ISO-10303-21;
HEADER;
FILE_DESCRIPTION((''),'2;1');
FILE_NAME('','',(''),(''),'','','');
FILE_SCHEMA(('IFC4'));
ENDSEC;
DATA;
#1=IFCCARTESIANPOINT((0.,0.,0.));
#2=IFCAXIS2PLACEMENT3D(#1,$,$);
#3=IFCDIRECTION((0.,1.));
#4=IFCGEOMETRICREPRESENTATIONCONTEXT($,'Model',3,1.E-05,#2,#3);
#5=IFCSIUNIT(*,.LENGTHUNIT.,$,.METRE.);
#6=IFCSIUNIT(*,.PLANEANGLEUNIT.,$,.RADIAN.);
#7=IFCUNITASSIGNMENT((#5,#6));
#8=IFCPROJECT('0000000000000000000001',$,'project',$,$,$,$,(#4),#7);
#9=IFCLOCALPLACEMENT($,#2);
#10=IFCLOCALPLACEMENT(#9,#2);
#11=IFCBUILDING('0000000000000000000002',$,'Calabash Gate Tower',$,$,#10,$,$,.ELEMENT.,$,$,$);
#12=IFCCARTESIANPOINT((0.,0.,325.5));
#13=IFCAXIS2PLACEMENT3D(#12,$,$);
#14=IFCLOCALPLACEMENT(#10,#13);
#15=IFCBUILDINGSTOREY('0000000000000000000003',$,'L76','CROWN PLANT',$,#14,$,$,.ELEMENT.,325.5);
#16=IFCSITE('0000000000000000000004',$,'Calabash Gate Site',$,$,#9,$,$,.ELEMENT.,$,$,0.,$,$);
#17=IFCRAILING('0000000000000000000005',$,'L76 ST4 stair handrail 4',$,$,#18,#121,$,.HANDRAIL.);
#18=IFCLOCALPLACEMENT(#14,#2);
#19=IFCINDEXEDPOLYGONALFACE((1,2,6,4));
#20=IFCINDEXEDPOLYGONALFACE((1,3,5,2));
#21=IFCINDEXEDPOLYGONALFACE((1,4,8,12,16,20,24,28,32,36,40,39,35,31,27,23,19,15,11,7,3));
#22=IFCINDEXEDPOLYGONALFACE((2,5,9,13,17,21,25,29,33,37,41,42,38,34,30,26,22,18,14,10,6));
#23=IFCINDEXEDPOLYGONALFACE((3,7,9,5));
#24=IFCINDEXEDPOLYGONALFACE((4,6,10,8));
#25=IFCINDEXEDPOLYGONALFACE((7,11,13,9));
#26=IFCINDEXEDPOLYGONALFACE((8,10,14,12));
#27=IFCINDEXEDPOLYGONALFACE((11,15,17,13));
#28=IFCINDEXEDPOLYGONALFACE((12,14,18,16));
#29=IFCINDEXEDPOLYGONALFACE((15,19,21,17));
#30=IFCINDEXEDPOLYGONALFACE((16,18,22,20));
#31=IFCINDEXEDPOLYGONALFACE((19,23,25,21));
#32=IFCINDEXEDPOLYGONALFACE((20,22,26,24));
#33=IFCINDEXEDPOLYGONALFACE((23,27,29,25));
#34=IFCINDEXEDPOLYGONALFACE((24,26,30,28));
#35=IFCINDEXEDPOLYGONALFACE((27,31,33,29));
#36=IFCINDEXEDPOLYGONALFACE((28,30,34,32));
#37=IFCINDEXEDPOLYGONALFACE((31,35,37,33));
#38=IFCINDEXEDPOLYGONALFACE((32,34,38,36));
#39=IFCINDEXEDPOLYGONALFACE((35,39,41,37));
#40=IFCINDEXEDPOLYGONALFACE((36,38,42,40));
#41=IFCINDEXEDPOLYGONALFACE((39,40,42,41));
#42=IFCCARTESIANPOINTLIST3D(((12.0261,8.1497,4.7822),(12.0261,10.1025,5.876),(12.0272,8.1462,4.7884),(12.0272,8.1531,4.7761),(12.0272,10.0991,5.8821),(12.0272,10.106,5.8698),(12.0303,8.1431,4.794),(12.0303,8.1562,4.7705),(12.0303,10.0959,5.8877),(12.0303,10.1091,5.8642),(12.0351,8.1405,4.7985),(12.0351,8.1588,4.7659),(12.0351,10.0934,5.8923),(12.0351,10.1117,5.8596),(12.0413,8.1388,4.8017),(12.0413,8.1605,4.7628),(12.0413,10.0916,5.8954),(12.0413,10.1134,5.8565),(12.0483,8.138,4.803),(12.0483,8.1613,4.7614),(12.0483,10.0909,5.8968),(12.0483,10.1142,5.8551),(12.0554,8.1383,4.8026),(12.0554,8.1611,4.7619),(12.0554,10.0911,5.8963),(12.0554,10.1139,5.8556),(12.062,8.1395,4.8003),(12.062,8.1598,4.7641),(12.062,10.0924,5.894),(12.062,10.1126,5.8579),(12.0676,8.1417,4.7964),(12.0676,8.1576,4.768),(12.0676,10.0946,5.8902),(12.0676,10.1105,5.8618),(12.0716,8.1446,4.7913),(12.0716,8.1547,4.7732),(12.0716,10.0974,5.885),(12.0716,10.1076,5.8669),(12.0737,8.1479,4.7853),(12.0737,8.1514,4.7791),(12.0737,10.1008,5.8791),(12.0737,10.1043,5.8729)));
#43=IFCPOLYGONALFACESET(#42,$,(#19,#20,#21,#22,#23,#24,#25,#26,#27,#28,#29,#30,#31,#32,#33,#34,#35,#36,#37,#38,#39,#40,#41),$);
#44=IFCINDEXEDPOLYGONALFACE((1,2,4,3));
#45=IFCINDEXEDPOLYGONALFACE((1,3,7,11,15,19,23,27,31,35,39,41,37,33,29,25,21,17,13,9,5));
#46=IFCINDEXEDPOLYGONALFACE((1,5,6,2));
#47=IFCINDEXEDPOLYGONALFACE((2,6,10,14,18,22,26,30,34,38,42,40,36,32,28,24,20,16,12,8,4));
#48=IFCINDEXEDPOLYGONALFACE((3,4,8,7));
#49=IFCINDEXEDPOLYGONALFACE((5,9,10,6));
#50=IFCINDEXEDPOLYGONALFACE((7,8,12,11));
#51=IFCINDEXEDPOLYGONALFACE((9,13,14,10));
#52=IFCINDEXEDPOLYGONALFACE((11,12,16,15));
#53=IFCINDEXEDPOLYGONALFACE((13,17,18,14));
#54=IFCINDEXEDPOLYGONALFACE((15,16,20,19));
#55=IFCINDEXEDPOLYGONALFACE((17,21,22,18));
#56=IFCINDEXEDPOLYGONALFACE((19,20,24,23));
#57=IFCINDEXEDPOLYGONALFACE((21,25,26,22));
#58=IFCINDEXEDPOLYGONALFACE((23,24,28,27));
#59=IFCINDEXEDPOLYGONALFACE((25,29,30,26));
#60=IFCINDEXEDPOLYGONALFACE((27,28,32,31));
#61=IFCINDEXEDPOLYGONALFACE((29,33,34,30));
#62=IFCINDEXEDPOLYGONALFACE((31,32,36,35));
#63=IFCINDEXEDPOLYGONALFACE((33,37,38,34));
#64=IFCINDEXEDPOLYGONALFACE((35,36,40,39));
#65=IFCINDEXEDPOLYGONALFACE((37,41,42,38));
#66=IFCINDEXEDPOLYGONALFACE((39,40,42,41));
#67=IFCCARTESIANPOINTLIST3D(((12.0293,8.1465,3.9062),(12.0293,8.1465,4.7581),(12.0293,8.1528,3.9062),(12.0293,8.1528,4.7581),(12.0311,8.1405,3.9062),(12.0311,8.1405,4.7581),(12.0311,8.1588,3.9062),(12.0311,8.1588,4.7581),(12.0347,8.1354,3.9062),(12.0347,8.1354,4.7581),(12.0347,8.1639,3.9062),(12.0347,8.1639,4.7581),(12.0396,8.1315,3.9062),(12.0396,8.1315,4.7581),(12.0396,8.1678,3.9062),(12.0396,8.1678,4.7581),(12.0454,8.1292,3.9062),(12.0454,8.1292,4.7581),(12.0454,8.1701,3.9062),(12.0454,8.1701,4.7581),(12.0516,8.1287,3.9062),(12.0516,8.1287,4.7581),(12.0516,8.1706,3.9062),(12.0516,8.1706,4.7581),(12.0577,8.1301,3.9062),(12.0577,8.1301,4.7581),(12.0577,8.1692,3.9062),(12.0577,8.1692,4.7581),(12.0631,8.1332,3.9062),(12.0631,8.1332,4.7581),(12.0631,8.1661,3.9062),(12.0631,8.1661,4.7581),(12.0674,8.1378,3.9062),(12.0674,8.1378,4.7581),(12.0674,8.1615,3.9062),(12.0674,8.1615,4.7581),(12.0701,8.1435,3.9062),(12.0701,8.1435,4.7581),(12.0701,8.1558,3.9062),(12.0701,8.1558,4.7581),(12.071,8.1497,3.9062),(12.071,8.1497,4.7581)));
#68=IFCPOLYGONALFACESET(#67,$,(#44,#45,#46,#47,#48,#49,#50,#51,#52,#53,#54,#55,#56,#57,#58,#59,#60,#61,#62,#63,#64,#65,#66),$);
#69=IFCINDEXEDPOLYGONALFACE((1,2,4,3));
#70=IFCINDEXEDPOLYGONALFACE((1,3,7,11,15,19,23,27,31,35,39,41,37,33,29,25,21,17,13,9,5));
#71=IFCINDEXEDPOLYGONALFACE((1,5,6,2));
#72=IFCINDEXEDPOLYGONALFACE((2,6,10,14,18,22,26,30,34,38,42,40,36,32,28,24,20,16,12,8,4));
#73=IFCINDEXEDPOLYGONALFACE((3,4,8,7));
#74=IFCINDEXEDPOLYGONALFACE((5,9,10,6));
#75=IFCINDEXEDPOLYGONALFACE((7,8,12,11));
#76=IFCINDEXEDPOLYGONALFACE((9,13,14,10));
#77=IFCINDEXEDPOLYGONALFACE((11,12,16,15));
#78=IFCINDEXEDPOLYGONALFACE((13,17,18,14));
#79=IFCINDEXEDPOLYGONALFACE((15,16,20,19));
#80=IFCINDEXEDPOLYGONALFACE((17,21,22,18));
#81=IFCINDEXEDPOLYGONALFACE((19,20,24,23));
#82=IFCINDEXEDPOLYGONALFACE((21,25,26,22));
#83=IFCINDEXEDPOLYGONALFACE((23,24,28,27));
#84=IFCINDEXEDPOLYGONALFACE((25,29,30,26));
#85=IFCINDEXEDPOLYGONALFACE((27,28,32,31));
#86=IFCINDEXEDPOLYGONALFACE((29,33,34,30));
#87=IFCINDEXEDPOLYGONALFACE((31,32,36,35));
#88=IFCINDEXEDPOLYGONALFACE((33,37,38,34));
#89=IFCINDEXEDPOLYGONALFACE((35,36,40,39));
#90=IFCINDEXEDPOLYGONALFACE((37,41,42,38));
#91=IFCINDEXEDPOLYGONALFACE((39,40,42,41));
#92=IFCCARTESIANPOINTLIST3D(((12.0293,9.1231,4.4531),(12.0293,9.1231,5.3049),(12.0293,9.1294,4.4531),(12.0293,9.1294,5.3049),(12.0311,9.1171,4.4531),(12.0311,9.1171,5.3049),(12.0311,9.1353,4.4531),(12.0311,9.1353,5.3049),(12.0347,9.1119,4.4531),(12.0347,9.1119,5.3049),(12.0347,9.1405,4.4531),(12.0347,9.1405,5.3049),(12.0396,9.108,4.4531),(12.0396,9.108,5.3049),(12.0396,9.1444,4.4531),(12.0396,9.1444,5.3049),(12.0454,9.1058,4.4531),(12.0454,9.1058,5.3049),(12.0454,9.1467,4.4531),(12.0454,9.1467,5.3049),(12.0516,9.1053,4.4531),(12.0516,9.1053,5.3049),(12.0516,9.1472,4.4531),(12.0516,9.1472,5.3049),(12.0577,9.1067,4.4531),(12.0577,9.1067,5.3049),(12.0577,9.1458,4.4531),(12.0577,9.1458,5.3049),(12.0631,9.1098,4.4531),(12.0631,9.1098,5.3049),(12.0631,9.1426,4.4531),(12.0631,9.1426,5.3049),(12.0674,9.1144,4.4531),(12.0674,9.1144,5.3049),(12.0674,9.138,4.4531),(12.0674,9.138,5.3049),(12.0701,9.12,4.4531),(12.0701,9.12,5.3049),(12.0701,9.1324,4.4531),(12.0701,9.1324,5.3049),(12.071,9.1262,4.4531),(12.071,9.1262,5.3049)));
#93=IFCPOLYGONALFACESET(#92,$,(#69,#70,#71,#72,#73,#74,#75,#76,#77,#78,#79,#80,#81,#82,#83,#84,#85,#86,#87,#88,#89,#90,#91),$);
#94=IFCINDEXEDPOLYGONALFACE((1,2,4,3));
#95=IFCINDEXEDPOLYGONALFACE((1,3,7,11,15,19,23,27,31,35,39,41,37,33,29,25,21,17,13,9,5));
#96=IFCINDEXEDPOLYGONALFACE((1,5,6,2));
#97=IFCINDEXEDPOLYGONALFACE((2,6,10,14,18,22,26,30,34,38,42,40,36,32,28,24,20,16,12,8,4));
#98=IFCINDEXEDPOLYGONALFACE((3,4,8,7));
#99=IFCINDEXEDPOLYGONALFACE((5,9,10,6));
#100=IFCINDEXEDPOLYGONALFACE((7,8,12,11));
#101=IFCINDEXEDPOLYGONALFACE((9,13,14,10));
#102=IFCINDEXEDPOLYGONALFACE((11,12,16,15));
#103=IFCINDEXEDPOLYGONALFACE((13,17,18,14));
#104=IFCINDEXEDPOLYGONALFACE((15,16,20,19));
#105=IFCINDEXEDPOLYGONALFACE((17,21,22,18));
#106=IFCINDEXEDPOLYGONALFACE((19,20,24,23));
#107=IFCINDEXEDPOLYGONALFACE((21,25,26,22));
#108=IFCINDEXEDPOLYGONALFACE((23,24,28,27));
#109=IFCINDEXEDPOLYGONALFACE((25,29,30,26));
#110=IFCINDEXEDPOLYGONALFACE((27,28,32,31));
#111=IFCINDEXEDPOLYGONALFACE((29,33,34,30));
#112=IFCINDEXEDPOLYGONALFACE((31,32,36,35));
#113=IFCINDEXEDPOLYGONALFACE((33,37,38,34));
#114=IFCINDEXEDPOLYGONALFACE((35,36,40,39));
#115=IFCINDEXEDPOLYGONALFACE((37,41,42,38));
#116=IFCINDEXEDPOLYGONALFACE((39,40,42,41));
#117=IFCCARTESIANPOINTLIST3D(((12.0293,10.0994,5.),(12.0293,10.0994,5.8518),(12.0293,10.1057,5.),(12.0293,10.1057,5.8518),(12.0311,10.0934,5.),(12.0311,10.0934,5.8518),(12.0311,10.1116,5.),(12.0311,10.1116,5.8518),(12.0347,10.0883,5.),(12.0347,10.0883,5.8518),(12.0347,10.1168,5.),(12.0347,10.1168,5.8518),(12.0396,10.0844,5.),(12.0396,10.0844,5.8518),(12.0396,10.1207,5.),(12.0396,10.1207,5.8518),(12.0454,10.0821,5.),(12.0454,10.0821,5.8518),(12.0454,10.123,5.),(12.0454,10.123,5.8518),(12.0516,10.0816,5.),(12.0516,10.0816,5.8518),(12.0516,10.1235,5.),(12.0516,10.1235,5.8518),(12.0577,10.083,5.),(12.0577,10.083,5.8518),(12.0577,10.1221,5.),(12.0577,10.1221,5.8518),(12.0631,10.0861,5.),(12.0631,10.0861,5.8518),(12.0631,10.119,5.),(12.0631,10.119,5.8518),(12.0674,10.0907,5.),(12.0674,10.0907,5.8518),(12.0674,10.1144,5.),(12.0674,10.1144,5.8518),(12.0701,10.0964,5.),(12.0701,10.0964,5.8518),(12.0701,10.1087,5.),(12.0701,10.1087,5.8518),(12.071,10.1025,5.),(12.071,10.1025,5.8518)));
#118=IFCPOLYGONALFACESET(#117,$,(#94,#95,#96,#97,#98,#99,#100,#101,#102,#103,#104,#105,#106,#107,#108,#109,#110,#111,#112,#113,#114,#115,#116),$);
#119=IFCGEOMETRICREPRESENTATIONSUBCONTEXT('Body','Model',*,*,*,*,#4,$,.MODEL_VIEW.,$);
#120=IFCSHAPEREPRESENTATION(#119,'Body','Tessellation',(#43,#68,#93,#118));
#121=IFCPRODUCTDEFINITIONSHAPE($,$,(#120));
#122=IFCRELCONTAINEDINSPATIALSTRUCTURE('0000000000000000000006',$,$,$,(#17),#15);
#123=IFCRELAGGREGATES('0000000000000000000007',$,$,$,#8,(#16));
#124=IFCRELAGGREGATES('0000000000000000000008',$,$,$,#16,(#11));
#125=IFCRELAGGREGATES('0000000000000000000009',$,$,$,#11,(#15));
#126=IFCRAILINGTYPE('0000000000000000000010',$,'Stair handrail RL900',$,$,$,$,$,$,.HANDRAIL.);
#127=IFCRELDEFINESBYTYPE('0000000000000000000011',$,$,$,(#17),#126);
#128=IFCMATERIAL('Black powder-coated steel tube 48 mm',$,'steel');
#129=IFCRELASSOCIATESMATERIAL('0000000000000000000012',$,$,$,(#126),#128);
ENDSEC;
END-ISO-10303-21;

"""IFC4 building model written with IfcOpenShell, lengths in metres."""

from ifc_helpers import new_model, si_unit, direction, frame, origin, origin_2d, place, context, subcontext, project, spatial, circle, extrude, material, type_object, element, save


model = new_model("IFC4")

# Units and contexts
model_context = context("Model", 3, precision=1e-05, world=origin(), true_north=direction((0.0, 1.0)))
body_context = subcontext(model_context, "Body", "Model", "MODEL_VIEW")
ifc_project = project(units=[si_unit("LENGTHUNIT", "METRE"), si_unit("PLANEANGLEUNIT", "RADIAN")], contexts=[model_context])

# Site, building, storey
site_placement = place(None, origin())
site = spatial("IfcSite", under=ifc_project, at=site_placement, Name="Calabash Gate Site", CompositionType="ELEMENT", RefElevation=0.0)
building_placement = place(site_placement, origin())
building = spatial("IfcBuilding", under=site, at=building_placement, Name="Calabash Gate Tower", CompositionType="ELEMENT")
storey_placement = place(building_placement, frame((0.0, 0.0, 325.5)))
storey = spatial("IfcBuildingStorey", under=building, at=storey_placement, Name="L76", Description="CROWN PLANT", CompositionType="ELEMENT", Elevation=325.5)

# Railing
ifc_material_1 = material(Name="Black powder-coated steel tube 48 mm", Category="steel")
railing_type_1 = type_object("IfcRailingType", Name="Stair handrail RL900", PredefinedType="HANDRAIL", material=ifc_material_1)
railing_1_placement = place(storey_placement, frame((12.05, 8.1497, 3.9062)))
element("IfcRailing", 1, at=railing_1_placement, inside=storey, type_object=railing_type_1, Name="L76 ST4 stair handrail 4", PredefinedType="HANDRAIL", context=body_context, shape_type="SweptSolid", body=[
    extrude(circle(Radius=0.0239, at=origin_2d()), frame((0.0, 0.0, 0.876), z_axis=(0.0, 0.87248, 0.48865), x_axis=(-1.0, 0.0, 0.0)), (0.0, 0.0, 1.0), 2.2383),
    extrude(circle(Radius=0.021, at=origin_2d()), origin(), (0.0, 0.0, 1.0), 0.8518),
    extrude(circle(Radius=0.021, at=origin_2d()), frame((0.0, 0.9766, 0.5469)), (0.0, 0.0, 1.0), 0.8518),
    extrude(circle(Radius=0.021, at=origin_2d()), frame((0.0, 1.9529, 1.0938)), (0.0, 0.0, 1.0), 0.8518),
])

save(model, "model.ifc")
